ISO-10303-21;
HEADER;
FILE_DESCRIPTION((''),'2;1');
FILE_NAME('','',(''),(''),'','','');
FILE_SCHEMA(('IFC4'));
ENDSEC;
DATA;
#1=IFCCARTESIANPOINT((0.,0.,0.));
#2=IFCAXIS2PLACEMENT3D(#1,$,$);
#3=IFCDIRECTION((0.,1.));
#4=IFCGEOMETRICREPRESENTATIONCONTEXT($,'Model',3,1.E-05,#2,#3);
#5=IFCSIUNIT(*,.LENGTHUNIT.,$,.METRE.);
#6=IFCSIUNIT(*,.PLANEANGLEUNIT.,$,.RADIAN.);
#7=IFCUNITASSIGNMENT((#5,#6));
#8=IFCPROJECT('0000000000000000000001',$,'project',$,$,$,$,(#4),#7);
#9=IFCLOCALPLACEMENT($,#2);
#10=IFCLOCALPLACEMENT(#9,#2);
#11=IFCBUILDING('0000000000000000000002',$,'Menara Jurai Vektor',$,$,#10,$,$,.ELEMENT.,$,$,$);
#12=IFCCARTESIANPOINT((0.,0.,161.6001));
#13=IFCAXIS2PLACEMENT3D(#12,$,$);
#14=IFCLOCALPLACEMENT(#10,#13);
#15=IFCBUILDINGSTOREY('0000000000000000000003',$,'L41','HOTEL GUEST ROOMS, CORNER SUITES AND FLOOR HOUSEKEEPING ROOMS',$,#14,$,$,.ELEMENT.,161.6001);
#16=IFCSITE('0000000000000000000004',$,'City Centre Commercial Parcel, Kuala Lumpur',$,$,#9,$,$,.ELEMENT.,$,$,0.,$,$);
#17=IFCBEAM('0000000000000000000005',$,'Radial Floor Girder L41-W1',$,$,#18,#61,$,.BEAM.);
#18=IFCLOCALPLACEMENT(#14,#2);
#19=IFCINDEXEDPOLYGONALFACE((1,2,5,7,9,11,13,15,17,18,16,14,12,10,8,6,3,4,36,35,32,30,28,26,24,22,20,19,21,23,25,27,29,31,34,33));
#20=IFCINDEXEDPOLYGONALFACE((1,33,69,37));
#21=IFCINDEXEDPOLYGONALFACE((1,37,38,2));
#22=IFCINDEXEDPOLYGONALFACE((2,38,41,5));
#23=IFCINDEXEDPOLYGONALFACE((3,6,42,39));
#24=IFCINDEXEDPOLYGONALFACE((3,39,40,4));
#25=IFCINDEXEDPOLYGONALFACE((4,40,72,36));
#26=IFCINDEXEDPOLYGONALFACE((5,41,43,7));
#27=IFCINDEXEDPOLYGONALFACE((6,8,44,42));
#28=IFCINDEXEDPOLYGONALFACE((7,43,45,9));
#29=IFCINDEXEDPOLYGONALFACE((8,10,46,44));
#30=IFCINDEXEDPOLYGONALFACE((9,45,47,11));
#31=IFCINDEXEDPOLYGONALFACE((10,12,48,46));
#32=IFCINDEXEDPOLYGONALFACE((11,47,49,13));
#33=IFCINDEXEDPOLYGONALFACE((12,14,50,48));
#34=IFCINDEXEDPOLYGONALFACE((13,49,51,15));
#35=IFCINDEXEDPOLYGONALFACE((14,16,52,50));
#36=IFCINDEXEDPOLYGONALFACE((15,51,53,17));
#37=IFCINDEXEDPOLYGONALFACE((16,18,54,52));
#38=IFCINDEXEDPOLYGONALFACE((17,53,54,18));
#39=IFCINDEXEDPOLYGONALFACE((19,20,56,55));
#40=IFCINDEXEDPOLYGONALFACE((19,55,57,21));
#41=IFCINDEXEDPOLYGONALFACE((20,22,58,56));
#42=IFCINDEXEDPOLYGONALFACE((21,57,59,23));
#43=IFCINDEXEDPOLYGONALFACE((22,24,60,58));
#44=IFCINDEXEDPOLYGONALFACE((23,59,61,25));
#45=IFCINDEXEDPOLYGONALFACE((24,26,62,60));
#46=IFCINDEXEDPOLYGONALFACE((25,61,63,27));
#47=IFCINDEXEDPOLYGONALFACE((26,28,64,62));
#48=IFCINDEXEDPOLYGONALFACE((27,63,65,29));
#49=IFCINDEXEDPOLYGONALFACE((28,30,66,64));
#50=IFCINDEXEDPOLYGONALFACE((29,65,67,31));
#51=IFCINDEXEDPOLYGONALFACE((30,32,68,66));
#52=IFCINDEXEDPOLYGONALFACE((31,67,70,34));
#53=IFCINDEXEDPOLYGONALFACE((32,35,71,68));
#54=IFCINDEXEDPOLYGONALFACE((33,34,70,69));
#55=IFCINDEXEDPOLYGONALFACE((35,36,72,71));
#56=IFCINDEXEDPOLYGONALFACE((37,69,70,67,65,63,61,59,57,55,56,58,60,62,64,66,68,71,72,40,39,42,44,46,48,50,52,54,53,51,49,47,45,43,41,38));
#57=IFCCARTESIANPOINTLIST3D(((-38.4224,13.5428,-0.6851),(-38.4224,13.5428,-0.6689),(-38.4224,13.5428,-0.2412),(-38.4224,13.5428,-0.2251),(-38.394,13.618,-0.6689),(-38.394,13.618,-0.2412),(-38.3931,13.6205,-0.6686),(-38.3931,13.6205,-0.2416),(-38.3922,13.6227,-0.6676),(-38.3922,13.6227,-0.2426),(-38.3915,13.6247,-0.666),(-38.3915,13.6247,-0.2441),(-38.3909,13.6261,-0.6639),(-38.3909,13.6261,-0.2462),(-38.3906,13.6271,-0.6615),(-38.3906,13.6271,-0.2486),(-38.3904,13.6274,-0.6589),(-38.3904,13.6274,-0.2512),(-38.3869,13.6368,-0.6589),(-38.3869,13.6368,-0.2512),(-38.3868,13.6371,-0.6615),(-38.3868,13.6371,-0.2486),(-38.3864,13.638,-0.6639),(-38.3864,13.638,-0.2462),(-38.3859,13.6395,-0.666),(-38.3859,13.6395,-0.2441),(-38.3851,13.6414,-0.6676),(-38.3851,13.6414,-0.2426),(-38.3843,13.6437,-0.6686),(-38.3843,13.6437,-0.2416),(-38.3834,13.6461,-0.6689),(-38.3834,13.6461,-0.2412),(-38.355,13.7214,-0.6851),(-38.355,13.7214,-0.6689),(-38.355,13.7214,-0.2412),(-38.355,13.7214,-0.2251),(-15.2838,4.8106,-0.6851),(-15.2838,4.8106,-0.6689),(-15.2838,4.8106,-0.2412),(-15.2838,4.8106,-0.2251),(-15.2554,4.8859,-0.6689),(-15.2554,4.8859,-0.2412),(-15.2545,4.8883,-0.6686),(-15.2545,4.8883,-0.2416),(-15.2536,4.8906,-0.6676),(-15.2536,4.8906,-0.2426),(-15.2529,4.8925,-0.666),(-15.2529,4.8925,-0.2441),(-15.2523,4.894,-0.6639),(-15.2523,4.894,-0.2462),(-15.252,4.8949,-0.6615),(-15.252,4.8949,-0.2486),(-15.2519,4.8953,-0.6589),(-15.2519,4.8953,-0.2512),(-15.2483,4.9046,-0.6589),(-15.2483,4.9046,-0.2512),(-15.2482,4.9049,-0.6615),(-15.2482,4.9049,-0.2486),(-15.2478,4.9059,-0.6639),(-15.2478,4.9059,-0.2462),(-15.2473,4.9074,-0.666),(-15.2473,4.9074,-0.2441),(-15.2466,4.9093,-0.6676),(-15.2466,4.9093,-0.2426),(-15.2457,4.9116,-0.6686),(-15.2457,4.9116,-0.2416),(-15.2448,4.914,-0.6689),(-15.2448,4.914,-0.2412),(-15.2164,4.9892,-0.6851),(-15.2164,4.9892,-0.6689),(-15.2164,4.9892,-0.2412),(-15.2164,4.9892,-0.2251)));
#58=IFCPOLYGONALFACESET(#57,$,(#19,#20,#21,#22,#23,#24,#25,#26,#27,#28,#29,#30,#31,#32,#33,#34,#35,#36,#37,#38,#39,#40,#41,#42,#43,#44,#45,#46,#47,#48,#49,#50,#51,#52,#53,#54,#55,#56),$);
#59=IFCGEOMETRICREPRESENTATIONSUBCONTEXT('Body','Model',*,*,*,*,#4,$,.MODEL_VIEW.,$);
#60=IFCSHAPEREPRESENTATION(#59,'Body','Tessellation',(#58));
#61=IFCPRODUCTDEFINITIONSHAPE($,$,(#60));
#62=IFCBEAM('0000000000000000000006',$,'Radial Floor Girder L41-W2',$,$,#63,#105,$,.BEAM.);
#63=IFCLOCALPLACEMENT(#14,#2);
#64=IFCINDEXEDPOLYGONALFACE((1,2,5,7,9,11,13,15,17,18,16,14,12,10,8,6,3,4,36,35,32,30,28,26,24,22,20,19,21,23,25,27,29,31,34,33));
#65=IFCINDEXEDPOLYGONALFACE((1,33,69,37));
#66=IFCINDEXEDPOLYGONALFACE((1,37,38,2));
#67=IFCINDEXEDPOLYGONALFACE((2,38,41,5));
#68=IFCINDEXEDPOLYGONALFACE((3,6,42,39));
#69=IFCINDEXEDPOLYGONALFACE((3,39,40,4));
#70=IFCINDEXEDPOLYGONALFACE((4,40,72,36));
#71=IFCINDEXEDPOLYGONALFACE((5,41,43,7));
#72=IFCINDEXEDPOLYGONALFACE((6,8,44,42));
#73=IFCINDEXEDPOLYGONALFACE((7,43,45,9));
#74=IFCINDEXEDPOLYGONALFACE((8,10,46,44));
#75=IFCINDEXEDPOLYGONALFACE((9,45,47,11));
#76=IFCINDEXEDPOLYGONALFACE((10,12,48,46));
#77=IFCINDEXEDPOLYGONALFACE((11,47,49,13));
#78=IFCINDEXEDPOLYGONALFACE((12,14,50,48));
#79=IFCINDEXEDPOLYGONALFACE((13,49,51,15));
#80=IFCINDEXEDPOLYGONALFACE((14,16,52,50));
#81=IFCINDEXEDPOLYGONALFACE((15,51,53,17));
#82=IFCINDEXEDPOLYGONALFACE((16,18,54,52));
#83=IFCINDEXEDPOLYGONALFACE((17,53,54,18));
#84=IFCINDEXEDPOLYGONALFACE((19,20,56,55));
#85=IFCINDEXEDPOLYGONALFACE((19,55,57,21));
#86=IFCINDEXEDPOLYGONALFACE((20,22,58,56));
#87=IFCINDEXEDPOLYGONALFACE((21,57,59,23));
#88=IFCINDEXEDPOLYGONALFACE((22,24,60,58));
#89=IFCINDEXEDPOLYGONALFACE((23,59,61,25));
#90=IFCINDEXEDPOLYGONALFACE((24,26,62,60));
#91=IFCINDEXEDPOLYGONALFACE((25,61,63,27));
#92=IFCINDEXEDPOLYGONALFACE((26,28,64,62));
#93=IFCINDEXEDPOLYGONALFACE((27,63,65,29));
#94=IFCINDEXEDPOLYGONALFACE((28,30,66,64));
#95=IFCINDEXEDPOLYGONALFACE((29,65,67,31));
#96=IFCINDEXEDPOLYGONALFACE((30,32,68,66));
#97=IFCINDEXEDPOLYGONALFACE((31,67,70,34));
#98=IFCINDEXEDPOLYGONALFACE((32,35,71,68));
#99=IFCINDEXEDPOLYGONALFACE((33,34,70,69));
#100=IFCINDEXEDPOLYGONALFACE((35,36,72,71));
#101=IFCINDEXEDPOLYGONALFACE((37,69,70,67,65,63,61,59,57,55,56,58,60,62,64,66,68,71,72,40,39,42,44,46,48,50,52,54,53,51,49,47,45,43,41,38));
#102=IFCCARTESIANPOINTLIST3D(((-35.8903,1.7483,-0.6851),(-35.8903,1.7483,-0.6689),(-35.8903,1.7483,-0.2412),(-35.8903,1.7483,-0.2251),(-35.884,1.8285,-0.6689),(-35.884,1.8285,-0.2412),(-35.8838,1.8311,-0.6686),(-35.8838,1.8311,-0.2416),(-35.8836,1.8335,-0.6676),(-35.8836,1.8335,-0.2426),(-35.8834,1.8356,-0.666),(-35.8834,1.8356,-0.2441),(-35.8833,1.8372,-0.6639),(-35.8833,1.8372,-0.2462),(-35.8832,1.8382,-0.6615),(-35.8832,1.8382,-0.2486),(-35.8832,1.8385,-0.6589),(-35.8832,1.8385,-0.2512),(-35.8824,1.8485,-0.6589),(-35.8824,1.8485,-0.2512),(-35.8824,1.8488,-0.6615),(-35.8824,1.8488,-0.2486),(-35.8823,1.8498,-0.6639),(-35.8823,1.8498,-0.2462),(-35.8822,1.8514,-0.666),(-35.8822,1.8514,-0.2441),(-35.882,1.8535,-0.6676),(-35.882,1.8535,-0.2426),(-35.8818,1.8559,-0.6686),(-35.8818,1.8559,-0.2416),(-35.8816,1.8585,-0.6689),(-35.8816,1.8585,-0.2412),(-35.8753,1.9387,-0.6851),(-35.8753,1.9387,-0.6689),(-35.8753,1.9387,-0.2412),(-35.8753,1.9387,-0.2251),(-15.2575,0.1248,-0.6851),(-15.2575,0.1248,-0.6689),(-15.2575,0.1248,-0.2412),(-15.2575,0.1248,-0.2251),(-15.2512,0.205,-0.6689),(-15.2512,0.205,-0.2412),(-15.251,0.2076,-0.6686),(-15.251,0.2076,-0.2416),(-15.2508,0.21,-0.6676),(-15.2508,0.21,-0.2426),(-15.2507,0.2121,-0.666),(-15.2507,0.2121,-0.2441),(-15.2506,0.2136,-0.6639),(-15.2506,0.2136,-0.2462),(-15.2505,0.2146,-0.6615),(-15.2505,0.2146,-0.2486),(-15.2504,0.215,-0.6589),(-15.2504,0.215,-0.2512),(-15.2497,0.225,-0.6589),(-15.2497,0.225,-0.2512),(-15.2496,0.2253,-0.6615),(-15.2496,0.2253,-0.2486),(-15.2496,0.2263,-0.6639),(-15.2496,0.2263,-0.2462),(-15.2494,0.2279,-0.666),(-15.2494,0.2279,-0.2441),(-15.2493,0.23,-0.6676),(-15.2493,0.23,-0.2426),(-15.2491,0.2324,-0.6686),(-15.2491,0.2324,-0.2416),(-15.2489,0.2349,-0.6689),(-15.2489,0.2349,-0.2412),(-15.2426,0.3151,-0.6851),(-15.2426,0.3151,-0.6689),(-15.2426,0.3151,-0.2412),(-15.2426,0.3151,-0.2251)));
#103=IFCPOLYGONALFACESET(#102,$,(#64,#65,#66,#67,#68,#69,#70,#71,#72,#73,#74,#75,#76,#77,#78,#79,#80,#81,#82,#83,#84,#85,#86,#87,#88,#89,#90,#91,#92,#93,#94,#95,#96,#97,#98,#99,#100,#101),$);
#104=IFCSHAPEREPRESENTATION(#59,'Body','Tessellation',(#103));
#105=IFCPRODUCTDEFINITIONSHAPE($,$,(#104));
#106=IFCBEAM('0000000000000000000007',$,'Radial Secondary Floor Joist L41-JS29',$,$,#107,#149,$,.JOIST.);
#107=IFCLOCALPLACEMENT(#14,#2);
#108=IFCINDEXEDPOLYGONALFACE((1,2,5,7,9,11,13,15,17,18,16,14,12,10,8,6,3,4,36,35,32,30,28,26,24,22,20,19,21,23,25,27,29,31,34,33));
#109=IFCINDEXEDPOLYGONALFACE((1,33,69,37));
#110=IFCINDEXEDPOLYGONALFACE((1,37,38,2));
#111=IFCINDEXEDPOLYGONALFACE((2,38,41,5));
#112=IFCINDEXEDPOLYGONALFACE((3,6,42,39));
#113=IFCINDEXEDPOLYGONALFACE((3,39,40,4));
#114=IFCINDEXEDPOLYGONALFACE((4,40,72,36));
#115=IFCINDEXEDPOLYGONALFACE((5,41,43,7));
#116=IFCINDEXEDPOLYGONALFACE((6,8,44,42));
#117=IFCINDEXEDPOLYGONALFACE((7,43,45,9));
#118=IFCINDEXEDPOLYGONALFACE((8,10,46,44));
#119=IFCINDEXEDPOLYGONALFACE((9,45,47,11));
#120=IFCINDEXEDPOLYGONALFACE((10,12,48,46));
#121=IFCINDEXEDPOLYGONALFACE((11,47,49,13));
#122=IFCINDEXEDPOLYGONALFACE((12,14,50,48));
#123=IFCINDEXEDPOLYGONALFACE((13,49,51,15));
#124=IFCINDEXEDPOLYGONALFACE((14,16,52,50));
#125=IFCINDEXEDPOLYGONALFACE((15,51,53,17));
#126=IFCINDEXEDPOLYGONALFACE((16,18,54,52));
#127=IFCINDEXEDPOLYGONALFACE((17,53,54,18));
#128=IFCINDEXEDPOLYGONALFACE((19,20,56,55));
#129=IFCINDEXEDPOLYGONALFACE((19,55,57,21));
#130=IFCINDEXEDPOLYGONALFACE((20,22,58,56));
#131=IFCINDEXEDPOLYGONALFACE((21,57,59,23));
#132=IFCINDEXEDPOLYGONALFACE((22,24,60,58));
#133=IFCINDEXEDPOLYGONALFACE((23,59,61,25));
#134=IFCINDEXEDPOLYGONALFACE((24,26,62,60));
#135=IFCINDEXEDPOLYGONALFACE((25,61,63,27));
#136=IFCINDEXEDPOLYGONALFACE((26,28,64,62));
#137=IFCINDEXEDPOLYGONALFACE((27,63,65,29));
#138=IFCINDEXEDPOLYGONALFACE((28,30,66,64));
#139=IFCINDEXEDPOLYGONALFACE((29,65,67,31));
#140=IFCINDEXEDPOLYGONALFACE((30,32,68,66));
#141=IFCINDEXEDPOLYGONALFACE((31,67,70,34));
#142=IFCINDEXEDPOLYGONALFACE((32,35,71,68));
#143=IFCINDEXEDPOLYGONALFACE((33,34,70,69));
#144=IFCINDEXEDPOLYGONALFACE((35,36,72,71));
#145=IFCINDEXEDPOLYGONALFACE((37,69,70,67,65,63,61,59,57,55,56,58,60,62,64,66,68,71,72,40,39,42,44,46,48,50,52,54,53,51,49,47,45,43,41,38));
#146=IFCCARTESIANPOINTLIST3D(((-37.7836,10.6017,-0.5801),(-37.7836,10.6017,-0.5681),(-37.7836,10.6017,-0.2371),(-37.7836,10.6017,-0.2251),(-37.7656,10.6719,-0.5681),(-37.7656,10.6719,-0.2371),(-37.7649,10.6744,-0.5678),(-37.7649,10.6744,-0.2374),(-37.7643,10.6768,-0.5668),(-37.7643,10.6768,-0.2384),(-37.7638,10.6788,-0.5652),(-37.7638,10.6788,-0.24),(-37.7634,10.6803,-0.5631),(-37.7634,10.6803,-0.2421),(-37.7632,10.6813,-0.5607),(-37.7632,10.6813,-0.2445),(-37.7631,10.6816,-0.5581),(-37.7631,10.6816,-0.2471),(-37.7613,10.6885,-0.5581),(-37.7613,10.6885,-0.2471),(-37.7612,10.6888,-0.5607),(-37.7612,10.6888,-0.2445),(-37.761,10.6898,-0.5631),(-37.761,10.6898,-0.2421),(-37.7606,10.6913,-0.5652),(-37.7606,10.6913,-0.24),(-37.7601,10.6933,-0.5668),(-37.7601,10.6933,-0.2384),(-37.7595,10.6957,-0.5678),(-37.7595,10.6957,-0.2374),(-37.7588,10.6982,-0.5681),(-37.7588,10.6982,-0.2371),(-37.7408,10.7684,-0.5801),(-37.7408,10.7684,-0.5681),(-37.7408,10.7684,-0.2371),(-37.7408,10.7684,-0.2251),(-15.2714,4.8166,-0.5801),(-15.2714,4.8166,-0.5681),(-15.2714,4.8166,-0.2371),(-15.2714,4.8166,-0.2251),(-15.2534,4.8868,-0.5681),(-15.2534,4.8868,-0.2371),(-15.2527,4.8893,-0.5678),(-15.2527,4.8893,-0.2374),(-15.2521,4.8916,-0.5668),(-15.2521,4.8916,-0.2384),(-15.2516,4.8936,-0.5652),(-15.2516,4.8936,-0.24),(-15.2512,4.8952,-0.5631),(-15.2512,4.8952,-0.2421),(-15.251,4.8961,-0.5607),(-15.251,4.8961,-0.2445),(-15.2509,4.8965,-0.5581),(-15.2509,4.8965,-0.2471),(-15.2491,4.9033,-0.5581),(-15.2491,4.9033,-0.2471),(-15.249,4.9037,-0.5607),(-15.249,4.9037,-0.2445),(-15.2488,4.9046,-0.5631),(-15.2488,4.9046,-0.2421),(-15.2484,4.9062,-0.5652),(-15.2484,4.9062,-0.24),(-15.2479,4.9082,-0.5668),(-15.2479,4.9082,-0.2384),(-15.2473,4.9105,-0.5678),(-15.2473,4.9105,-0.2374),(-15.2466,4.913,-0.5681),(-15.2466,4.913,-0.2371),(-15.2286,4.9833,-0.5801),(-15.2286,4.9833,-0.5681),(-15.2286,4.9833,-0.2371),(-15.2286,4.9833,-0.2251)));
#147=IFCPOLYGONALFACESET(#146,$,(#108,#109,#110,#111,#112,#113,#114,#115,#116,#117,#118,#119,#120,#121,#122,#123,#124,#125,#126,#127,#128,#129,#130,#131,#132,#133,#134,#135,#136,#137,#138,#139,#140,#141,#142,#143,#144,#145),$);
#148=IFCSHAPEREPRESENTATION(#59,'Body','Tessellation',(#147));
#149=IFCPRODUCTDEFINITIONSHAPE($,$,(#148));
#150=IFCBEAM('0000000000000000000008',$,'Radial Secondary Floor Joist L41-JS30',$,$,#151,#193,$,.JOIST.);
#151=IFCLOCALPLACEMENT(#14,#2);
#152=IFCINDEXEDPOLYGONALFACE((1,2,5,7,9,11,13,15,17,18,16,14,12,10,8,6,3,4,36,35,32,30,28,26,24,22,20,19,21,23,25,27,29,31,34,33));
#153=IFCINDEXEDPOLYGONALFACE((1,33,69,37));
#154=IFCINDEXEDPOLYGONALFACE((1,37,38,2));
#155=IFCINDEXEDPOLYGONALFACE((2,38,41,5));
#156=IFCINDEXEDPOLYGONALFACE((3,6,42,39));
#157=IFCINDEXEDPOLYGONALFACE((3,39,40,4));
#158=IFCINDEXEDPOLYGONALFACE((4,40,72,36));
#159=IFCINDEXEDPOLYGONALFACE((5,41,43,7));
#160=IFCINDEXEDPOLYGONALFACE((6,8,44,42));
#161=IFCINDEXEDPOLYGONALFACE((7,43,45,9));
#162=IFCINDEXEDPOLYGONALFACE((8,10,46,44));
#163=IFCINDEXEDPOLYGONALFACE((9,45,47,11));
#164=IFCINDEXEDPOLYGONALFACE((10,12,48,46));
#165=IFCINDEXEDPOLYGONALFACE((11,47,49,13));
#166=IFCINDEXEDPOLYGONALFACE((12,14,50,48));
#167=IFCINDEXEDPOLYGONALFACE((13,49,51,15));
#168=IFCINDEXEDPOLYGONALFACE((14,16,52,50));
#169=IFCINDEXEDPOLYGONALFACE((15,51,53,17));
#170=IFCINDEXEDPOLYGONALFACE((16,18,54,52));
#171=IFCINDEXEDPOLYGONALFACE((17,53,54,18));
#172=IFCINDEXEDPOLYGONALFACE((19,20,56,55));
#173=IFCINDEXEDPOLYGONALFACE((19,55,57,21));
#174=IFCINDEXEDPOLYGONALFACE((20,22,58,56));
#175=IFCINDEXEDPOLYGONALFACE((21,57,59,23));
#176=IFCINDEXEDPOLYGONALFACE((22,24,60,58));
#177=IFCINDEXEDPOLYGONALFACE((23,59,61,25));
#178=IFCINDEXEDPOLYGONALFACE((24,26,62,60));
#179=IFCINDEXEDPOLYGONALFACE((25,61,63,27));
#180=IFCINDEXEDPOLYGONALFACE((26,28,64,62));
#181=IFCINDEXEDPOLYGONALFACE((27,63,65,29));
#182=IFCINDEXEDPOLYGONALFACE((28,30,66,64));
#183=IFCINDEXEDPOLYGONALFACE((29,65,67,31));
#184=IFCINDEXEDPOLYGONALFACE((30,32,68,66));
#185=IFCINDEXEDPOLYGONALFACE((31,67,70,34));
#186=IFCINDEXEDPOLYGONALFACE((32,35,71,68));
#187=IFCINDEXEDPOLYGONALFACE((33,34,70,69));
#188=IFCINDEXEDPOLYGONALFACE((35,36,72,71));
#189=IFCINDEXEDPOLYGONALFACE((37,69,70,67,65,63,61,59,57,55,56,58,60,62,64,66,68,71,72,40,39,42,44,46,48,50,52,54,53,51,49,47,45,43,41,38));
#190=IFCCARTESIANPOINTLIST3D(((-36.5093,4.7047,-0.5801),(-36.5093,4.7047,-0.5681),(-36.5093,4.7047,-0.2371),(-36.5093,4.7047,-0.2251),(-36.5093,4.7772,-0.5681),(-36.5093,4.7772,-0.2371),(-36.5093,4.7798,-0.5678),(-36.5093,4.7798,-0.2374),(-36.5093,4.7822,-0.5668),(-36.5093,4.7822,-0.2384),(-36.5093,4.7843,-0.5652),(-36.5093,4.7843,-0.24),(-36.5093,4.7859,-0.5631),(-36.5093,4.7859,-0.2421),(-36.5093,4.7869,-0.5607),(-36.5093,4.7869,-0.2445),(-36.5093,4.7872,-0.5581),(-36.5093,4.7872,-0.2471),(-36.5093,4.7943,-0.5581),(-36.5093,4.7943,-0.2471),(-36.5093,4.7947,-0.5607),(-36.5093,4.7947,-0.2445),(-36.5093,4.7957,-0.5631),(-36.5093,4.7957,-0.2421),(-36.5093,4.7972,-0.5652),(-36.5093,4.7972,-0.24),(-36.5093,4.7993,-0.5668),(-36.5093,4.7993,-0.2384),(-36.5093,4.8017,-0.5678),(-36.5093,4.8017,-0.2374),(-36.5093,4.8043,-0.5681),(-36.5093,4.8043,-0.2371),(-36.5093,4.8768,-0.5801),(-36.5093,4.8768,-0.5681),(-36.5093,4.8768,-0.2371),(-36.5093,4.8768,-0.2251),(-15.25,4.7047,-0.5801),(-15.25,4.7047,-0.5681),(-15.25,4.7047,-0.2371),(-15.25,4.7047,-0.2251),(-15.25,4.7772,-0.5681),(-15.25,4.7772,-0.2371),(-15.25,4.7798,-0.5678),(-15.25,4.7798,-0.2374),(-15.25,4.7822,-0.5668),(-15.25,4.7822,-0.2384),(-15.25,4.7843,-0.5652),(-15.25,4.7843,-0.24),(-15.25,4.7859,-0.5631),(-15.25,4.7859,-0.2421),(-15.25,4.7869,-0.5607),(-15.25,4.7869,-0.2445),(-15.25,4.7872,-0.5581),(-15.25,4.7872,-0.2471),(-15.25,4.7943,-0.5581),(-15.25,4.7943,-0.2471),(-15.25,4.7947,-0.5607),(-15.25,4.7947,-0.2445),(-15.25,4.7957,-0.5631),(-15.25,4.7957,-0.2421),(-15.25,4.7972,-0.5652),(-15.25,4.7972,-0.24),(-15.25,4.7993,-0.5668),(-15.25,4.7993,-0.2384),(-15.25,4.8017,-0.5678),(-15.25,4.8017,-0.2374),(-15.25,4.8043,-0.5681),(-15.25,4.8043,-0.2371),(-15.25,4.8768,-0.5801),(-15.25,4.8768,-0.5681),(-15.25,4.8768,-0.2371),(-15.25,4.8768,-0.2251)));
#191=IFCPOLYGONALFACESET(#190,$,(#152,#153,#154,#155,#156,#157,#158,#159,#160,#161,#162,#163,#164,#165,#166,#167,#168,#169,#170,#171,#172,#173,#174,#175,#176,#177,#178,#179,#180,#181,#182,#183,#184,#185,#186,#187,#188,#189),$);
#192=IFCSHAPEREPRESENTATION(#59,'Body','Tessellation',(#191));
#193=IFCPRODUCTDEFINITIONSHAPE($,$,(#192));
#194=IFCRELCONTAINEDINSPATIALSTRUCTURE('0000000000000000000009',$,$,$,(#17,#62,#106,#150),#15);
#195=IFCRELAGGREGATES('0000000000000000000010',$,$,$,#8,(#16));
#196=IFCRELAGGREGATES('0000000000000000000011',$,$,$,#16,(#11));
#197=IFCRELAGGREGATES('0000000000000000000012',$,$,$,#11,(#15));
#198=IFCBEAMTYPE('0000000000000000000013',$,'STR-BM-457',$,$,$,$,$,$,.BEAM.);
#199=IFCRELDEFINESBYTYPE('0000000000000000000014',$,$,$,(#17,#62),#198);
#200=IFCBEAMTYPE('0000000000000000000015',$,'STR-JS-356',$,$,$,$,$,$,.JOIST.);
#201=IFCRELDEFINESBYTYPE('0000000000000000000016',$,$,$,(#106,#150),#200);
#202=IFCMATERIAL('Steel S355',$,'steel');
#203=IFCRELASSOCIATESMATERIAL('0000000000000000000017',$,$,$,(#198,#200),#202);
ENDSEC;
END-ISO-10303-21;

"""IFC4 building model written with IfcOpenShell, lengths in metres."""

from ifc_helpers import new_model, si_unit, direction, frame, origin, origin_2d, place, context, subcontext, project, spatial, i_section, extrude, material, material_profile, profile_set, type_object, element, save


model = new_model("IFC4")

# Units and contexts
model_context = context("Model", 3, precision=1e-05, world=origin(), true_north=direction((0.0, 1.0)))
body_context = subcontext(model_context, "Body", "Model", "MODEL_VIEW")
ifc_project = project(units=[si_unit("LENGTHUNIT", "METRE"), si_unit("PLANEANGLEUNIT", "RADIAN")], contexts=[model_context])

# Site, building, storey
site_placement = place(None, origin())
site = spatial("IfcSite", under=ifc_project, at=site_placement, Name="City Centre Commercial Parcel, Kuala Lumpur", CompositionType="ELEMENT", RefElevation=0.0)
building_placement = place(site_placement, origin())
building = spatial("IfcBuilding", under=site, at=building_placement, Name="Menara Jurai Vektor", CompositionType="ELEMENT")
storey_placement = place(building_placement, frame((0.0, 0.0, 161.6001)))
storey = spatial("IfcBuildingStorey", under=building, at=storey_placement, Name="L41", Description="HOTEL GUEST ROOMS, CORNER SUITES AND FLOOR HOUSEKEEPING ROOMS", CompositionType="ELEMENT", Elevation=161.6001)

# Beams
ifc_material_1 = material(Name="Steel S355", Category="steel")
ifc_material_profile_1 = material_profile(ifc_material_1, i_section(OverallWidth=0.1909, OverallDepth=0.46, WebThickness=0.01, FlangeThickness=0.0161, FilletRadius=0.01, at=origin_2d()), Name="UKB 457x191x82")
ifc_profile_set_1 = profile_set([ifc_material_profile_1], Name="Steel S355")
beam_type_1 = type_object("IfcBeamType", Name="STR-BM-457", PredefinedType="BEAM", material=ifc_profile_set_1)
beam_1_placement = place(storey_placement, frame((-38.3887, 13.6321, -0.4551), z_axis=(0.935594, -0.353079, 0.0), x_axis=(0.353079, 0.935594, 0.0)))
element("IfcBeam", 1, at=beam_1_placement, inside=storey, type_object=beam_type_1, Name="Radial Floor Girder L41-W1", PredefinedType="BEAM", context=body_context, shape_type="SweptSolid", body=[
    extrude(i_section(OverallWidth=0.1909, OverallDepth=0.46, WebThickness=0.01, FlangeThickness=0.0161, FilletRadius=0.01, at=origin_2d()), origin(), (0.0, 0.0, 1.0), 24.7314),
])
beam_2_placement = place(storey_placement, frame((-35.8828, 1.8435, -0.4551), z_axis=(0.996918, -0.078445, 0.0), x_axis=(0.078445, 0.996918, 0.0)))
element("IfcBeam", 2, at=beam_2_placement, inside=storey, type_object=beam_type_1, Name="Radial Floor Girder L41-W2", PredefinedType="BEAM", context=body_context, shape_type="SweptSolid", body=[
    extrude(i_section(OverallWidth=0.1909, OverallDepth=0.46, WebThickness=0.01, FlangeThickness=0.0161, FilletRadius=0.01, at=origin_2d()), origin(), (0.0, 0.0, 1.0), 20.6965),
])
ifc_material_profile_2 = material_profile(ifc_material_1, i_section(OverallWidth=0.1721, OverallDepth=0.355, WebThickness=0.0071, FlangeThickness=0.012, FilletRadius=0.01, at=origin_2d()), Name="UKB 356x171x51")
ifc_profile_set_2 = profile_set([ifc_material_profile_2], Name="Steel S355")
beam_type_2 = type_object("IfcBeamType", Name="STR-JS-356", PredefinedType="JOIST", material=ifc_profile_set_2)
beam_3_placement = place(storey_placement, frame((-37.7622, 10.6851, -0.4026), z_axis=(0.968531, -0.248892, 0.0), x_axis=(0.248892, 0.968531, 0.0)))
element("IfcBeam", 3, at=beam_3_placement, inside=storey, type_object=beam_type_2, Name="Radial Secondary Floor Joist L41-JS29", PredefinedType="JOIST", context=body_context, shape_type="SweptSolid", body=[
    extrude(i_section(OverallWidth=0.1721, OverallDepth=0.355, WebThickness=0.0071, FlangeThickness=0.012, FilletRadius=0.01, at=origin_2d()), origin(), (0.0, 0.0, 1.0), 23.2437),
])
beam_4_placement = place(storey_placement, frame((-36.5093, 4.7908, -0.4026), z_axis=(1.0, 0.0, 0.0), x_axis=(0.0, 1.0, 0.0)))
element("IfcBeam", 4, at=beam_4_placement, inside=storey, type_object=beam_type_2, Name="Radial Secondary Floor Joist L41-JS30", PredefinedType="JOIST", context=body_context, shape_type="SweptSolid", body=[
    extrude(i_section(OverallWidth=0.1721, OverallDepth=0.355, WebThickness=0.0071, FlangeThickness=0.012, FilletRadius=0.01, at=origin_2d()), origin(), (0.0, 0.0, 1.0), 21.2593),
])

save(model, "model.ifc")
